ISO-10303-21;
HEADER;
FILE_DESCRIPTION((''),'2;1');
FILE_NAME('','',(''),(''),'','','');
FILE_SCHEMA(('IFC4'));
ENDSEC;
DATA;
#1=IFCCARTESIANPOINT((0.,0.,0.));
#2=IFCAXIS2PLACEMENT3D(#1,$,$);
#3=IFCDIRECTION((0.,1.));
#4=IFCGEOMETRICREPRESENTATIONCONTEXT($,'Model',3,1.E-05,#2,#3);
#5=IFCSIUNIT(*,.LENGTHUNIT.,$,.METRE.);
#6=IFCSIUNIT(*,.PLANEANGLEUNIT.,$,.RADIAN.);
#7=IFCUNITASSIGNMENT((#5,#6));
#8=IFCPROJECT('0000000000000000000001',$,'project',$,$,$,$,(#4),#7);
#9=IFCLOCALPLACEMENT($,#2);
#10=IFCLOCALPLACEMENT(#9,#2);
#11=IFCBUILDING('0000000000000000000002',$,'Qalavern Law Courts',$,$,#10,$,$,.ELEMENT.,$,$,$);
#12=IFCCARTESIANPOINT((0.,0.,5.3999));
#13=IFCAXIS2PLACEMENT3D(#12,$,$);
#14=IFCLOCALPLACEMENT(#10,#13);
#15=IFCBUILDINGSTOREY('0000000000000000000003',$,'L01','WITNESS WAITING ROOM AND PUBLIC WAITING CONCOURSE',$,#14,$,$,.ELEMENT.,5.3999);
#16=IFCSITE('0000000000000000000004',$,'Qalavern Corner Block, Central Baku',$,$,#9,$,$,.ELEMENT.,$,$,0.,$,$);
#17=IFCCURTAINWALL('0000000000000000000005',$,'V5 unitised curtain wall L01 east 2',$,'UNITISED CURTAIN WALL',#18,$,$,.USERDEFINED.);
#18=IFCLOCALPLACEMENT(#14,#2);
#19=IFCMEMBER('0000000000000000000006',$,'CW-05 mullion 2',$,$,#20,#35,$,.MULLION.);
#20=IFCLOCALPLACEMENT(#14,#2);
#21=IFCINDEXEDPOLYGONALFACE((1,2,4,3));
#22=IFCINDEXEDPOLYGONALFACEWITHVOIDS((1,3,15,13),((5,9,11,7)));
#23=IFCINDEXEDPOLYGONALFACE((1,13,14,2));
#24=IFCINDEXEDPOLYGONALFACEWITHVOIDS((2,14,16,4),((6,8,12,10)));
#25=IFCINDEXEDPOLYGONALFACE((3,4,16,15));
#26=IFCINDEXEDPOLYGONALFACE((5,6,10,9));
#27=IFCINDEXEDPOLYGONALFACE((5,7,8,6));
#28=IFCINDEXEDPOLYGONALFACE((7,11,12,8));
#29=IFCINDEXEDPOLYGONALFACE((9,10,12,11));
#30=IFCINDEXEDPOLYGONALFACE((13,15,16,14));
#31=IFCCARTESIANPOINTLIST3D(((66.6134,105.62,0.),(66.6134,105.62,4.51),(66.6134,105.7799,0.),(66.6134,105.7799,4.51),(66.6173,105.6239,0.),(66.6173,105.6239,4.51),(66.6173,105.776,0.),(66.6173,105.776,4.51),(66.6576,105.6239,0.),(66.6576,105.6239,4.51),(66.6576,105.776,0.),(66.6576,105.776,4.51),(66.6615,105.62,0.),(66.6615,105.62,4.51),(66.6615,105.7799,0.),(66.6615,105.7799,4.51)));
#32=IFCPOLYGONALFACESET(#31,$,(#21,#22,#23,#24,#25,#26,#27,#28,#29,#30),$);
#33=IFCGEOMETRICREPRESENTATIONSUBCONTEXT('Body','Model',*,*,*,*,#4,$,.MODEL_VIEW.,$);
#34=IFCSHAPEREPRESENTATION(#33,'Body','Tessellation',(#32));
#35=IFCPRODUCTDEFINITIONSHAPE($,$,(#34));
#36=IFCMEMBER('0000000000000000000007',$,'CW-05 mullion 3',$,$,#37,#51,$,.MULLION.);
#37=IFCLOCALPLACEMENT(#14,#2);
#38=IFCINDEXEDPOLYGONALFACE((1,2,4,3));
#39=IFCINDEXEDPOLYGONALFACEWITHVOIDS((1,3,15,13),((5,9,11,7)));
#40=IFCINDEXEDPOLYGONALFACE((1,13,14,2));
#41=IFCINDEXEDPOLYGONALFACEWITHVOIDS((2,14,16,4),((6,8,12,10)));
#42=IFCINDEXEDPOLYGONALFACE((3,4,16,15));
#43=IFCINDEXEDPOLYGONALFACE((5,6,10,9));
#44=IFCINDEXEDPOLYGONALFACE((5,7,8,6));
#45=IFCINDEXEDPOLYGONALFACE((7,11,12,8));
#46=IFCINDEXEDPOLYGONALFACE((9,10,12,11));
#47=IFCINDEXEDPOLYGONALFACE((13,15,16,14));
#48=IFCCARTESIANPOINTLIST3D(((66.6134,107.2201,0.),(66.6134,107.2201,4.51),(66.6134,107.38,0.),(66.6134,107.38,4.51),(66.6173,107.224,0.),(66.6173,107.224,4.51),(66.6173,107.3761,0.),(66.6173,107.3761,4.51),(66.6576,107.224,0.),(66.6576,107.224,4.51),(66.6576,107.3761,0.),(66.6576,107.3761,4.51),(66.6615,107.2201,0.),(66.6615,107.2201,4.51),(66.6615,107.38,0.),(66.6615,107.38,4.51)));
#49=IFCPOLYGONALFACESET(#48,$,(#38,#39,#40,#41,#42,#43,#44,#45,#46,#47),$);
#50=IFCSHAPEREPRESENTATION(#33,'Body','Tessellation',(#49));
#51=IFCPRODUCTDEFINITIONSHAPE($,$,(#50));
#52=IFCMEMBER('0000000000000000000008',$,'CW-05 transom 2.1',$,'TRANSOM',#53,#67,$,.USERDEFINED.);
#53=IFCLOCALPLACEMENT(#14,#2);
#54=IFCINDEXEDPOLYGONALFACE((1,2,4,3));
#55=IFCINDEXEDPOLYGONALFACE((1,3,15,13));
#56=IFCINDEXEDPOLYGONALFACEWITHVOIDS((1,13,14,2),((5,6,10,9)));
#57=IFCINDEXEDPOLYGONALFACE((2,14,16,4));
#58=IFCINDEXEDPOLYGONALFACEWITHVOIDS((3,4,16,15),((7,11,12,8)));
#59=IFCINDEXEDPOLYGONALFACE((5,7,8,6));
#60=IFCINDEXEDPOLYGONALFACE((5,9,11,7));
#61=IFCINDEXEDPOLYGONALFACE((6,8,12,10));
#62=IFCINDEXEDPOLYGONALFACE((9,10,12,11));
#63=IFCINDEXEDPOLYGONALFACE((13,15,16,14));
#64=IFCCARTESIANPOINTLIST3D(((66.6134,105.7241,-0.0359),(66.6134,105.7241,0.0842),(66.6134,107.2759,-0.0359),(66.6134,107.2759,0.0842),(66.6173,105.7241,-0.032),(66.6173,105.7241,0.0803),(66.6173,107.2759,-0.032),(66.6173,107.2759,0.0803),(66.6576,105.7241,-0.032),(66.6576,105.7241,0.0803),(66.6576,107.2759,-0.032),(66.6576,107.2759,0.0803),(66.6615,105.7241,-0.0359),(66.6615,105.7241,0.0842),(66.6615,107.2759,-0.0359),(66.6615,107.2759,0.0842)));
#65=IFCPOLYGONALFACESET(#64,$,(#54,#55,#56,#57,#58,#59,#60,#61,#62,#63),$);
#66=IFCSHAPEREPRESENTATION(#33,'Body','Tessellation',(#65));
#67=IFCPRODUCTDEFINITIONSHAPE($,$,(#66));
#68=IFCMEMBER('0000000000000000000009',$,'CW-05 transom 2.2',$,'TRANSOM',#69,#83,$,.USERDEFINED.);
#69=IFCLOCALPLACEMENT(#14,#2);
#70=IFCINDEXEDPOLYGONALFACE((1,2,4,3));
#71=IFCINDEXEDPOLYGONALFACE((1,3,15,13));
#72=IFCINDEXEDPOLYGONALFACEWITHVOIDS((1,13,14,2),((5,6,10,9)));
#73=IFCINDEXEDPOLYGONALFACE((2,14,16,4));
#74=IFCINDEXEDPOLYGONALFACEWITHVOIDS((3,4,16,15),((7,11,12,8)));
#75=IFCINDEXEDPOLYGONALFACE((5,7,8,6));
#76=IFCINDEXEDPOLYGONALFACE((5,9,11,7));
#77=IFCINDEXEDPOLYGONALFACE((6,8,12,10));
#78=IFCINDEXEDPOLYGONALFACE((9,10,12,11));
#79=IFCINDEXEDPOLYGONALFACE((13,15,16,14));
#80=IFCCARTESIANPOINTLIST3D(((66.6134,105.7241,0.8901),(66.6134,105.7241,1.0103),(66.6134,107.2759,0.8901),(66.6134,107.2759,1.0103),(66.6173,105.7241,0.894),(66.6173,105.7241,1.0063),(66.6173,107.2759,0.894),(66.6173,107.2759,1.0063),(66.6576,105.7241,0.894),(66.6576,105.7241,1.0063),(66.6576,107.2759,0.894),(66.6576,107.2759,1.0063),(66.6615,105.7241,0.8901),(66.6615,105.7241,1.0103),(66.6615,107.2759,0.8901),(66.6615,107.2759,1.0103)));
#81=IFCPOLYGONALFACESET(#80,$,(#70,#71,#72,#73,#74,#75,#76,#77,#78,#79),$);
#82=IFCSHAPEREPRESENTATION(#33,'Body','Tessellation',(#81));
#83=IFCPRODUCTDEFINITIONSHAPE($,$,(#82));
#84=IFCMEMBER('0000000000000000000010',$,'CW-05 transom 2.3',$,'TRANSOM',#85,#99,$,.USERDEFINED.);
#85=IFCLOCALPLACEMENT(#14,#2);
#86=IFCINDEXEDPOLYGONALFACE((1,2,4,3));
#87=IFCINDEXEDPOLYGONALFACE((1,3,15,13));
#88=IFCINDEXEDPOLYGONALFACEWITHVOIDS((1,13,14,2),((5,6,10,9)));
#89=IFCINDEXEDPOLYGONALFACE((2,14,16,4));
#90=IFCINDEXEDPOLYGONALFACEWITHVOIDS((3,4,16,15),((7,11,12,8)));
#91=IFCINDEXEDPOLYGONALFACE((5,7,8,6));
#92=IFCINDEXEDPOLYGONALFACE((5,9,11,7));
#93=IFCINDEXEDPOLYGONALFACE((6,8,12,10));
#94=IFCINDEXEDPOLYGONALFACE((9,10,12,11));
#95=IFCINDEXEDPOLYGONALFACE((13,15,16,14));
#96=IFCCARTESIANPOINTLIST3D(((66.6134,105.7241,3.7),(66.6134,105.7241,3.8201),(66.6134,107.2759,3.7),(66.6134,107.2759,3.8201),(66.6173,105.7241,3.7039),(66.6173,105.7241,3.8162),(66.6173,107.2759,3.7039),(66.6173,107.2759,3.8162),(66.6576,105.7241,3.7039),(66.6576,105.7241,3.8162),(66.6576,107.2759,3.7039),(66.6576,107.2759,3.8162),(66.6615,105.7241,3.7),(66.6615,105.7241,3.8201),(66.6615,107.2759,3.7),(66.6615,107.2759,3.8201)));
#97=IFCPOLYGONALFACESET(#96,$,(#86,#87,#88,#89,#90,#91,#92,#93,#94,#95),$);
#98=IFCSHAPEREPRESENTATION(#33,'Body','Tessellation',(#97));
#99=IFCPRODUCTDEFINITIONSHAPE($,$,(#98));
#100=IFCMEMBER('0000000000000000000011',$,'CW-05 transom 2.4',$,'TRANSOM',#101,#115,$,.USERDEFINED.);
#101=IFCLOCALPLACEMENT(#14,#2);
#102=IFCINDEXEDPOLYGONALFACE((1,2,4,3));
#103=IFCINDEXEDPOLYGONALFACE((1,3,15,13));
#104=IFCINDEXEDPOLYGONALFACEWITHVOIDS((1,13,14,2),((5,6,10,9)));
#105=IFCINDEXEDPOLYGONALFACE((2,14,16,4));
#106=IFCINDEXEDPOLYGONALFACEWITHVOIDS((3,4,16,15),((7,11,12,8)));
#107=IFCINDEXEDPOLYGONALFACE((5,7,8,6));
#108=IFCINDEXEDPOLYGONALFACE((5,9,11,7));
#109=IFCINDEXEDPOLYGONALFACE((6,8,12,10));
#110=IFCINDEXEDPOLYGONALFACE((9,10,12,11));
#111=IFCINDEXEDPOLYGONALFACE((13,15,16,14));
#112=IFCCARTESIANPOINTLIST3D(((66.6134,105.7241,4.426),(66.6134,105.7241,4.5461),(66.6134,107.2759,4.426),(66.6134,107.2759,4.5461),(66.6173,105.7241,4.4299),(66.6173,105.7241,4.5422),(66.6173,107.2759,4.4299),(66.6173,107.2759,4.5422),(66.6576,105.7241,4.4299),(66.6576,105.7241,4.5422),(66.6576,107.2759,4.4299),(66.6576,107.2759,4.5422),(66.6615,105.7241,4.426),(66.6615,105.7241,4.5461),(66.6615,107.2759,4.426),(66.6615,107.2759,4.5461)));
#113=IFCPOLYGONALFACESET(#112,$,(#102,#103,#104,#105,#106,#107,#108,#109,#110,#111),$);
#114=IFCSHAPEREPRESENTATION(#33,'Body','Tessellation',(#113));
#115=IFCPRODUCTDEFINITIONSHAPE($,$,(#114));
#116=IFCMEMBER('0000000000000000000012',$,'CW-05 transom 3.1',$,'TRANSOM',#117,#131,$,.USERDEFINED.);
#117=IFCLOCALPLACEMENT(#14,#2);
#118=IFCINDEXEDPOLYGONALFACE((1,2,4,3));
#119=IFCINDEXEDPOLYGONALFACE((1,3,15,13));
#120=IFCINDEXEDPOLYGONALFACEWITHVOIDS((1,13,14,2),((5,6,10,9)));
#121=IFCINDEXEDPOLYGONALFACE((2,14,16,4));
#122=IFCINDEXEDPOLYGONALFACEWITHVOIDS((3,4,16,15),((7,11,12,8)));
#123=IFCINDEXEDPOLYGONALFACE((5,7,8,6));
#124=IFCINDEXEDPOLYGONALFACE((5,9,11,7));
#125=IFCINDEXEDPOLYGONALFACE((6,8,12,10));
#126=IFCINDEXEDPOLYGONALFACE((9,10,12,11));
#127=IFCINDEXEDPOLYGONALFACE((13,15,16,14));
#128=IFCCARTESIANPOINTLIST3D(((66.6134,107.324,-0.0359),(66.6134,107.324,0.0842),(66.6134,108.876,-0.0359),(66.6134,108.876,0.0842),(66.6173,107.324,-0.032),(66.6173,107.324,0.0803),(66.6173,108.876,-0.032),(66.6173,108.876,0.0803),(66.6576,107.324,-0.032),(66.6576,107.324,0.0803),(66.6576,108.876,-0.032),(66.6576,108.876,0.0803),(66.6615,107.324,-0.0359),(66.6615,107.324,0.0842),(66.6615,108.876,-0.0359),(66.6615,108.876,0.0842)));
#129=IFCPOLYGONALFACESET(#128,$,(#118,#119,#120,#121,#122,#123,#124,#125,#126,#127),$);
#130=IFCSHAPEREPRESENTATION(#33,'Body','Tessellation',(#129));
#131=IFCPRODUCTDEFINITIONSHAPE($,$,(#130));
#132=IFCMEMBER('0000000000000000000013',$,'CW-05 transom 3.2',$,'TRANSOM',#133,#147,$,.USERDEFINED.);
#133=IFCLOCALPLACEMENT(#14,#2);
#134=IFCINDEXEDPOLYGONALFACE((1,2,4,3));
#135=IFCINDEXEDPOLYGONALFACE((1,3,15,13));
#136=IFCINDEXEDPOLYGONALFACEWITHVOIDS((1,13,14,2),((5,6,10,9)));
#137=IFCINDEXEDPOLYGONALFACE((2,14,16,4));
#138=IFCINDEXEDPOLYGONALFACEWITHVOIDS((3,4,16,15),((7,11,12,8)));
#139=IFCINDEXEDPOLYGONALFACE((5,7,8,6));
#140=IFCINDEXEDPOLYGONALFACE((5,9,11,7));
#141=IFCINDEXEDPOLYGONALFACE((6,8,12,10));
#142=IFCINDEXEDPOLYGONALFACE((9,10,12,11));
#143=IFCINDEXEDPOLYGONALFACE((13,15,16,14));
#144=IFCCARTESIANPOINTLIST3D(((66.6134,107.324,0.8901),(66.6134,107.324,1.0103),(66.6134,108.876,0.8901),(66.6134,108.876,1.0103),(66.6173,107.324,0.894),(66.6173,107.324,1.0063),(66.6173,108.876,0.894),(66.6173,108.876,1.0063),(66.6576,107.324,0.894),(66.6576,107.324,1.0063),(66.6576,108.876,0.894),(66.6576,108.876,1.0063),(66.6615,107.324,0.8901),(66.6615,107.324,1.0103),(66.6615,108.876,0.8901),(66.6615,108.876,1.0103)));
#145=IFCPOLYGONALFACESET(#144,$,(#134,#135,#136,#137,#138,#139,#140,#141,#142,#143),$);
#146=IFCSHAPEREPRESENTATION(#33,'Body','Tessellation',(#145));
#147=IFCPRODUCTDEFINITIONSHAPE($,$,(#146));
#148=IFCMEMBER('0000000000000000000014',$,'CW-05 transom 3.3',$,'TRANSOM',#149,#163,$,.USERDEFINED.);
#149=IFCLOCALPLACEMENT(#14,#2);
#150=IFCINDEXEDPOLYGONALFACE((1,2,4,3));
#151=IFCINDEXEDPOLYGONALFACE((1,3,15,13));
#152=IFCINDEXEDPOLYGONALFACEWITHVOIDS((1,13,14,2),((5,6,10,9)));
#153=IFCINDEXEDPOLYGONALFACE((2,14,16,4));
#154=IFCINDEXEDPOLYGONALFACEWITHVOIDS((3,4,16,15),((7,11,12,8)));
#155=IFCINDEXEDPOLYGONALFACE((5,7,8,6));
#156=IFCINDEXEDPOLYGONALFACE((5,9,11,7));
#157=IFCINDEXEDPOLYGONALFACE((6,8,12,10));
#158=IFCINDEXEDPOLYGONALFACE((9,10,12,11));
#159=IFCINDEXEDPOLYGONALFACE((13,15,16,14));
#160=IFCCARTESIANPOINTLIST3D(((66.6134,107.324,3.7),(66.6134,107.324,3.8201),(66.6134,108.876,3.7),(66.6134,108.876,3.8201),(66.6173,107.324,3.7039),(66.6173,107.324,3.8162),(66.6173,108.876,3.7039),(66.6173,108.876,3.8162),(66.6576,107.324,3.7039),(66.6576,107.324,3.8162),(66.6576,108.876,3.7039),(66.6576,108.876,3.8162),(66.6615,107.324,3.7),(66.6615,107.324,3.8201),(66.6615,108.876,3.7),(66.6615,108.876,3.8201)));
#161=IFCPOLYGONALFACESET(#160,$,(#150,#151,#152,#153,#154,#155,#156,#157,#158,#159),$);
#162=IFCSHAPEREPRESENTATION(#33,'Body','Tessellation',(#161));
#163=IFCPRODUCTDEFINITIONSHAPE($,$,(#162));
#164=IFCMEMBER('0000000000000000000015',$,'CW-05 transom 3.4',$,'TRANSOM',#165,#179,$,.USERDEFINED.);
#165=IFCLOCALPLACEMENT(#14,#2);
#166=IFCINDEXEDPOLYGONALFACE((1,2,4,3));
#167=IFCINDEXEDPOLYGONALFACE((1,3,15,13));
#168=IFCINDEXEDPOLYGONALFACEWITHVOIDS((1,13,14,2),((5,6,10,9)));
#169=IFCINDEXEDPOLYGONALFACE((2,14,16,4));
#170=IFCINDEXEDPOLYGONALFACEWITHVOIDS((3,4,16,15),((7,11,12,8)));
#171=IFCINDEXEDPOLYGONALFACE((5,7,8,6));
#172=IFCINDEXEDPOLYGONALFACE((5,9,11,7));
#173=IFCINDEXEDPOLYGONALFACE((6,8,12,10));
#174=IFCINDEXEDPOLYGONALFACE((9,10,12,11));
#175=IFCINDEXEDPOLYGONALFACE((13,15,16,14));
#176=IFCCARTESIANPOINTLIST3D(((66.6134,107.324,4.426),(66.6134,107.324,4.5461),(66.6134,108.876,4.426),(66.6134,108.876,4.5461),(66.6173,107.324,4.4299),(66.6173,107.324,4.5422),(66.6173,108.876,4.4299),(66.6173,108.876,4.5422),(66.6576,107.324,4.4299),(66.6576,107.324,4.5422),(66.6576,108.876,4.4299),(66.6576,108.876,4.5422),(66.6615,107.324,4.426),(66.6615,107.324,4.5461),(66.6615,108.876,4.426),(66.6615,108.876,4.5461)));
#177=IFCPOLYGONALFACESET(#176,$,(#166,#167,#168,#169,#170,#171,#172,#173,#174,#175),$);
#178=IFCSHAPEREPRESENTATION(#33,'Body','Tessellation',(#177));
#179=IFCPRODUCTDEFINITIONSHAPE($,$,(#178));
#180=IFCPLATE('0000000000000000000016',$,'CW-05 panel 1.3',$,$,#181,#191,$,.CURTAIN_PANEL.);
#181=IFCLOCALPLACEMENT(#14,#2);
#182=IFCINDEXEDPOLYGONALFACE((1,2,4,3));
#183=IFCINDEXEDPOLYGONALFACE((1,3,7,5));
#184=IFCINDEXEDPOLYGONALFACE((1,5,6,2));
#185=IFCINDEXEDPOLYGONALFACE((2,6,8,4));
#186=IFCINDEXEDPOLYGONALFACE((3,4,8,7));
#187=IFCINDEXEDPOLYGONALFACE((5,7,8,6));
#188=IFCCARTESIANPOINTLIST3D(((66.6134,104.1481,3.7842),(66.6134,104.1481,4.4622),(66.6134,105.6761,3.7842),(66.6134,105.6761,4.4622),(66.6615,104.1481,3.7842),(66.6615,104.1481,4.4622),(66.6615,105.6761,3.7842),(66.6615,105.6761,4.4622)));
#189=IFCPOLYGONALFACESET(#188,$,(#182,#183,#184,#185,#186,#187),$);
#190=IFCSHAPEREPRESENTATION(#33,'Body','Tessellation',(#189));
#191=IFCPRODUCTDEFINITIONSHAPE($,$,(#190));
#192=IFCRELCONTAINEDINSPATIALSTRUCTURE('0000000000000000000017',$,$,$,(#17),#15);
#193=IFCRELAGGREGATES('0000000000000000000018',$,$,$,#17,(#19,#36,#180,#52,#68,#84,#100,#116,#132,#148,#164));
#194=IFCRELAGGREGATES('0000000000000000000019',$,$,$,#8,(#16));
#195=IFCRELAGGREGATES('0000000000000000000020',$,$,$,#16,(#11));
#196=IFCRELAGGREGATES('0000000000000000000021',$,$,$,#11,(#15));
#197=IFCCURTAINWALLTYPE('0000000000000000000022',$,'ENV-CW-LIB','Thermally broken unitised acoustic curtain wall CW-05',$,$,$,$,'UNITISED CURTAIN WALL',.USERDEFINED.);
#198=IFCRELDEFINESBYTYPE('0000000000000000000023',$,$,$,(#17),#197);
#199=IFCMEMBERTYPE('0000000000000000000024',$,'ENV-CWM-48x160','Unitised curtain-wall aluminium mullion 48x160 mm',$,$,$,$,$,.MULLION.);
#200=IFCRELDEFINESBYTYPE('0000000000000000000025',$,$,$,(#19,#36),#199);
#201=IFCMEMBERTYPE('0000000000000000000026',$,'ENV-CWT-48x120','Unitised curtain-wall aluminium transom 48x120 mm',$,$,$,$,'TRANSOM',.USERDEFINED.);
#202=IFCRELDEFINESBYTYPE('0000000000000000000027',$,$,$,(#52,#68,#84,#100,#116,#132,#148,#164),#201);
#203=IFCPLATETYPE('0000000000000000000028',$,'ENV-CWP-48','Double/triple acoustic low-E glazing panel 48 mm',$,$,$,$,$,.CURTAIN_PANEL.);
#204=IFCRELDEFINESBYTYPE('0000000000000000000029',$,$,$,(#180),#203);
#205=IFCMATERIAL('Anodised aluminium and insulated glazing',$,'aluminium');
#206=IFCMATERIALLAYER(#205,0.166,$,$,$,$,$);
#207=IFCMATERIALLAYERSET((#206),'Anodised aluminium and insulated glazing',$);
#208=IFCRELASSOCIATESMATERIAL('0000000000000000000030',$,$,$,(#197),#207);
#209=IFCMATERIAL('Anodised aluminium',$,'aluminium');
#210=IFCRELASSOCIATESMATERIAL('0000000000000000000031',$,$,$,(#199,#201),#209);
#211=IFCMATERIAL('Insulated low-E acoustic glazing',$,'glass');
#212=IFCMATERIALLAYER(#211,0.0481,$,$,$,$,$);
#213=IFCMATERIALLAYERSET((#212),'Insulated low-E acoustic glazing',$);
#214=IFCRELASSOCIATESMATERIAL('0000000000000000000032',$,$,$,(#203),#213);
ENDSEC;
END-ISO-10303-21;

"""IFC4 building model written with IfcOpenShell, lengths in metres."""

from ifc_helpers import new_model, si_unit, direction, frame, origin, origin_2d, place, context, subcontext, project, spatial, rectangle, hollow_rectangle, extrude, material, layer, layer_set, material_profile, profile_set, type_object, element, aggregate, save


model = new_model("IFC4")

# Units and contexts
model_context = context("Model", 3, precision=1e-05, world=origin(), true_north=direction((0.0, 1.0)))
body_context = subcontext(model_context, "Body", "Model", "MODEL_VIEW")
ifc_project = project(units=[si_unit("LENGTHUNIT", "METRE"), si_unit("PLANEANGLEUNIT", "RADIAN")], contexts=[model_context])

# Site, building, storey
site_placement = place(None, origin())
site = spatial("IfcSite", under=ifc_project, at=site_placement, Name="Qalavern Corner Block, Central Baku", CompositionType="ELEMENT", RefElevation=0.0)
building_placement = place(site_placement, origin())
building = spatial("IfcBuilding", under=site, at=building_placement, Name="Qalavern Law Courts", CompositionType="ELEMENT")
storey_placement = place(building_placement, frame((0.0, 0.0, 5.3999)))
storey = spatial("IfcBuildingStorey", under=building, at=storey_placement, Name="L01", Description="WITNESS WAITING ROOM AND PUBLIC WAITING CONCOURSE", CompositionType="ELEMENT", Elevation=5.3999)

# Curtain wall, members, plate
ifc_material_1 = material(Name="Anodised aluminium and insulated glazing", Category="aluminium")
ifc_layer_1 = layer(ifc_material_1, 0.166)
ifc_layer_set_1 = layer_set([ifc_layer_1], Name="Anodised aluminium and insulated glazing")
curtain_wall_type = type_object("IfcCurtainWallType", Name="ENV-CW-LIB", Description="Thermally broken unitised acoustic curtain wall CW-05", ElementType="UNITISED CURTAIN WALL", PredefinedType="USERDEFINED", material=ifc_layer_set_1)
curtain_wall_placement = place(storey_placement, origin())
curtain_wall = element("IfcCurtainWall", 1, at=curtain_wall_placement, inside=storey, type_object=curtain_wall_type, Name="V5 unitised curtain wall L01 east 2", ObjectType="UNITISED CURTAIN WALL", PredefinedType="USERDEFINED")
ifc_material_2 = material(Name="Anodised aluminium", Category="aluminium")
ifc_material_profile_1 = material_profile(ifc_material_2, hollow_rectangle(XDim=0.0481, YDim=0.1599, WallThickness=0.0039, at=origin_2d()), Name="ALU MULLION 48x160")
ifc_profile_set_1 = profile_set([ifc_material_profile_1], Name="Anodised aluminium")
member_type_1 = type_object("IfcMemberType", Name="ENV-CWM-48x160", Description="Unitised curtain-wall aluminium mullion 48x160 mm", PredefinedType="MULLION", material=ifc_profile_set_1)
member_1_placement = place(storey_placement, frame((66.6375, 105.7, 0.0), z_axis=(0.0, 0.0, 1.0), x_axis=(-1.0, 0.0, 0.0)))
member_1 = element("IfcMember", 2, at=member_1_placement, type_object=member_type_1, Name="CW-05 mullion 2", PredefinedType="MULLION", context=body_context, shape_type="SweptSolid", body=[
    extrude(hollow_rectangle(XDim=0.0481, YDim=0.1599, WallThickness=0.0039, at=origin_2d()), origin(), (0.0, 0.0, 1.0), 4.51),
])
member_2_placement = place(storey_placement, frame((66.6375, 107.3, 0.0), z_axis=(0.0, 0.0, 1.0), x_axis=(-1.0, 0.0, 0.0)))
member_2 = element("IfcMember", 3, at=member_2_placement, type_object=member_type_1, Name="CW-05 mullion 3", PredefinedType="MULLION", context=body_context, shape_type="SweptSolid", body=[
    extrude(hollow_rectangle(XDim=0.0481, YDim=0.1599, WallThickness=0.0039, at=origin_2d()), origin(), (0.0, 0.0, 1.0), 4.51),
])
ifc_material_profile_2 = material_profile(ifc_material_2, hollow_rectangle(XDim=0.0481, YDim=0.1201, WallThickness=0.0039, at=origin_2d()), Name="ALU TRANSOM 48x120")
ifc_profile_set_2 = profile_set([ifc_material_profile_2], Name="Anodised aluminium")
member_type_2 = type_object("IfcMemberType", Name="ENV-CWT-48x120", Description="Unitised curtain-wall aluminium transom 48x120 mm", ElementType="TRANSOM", PredefinedType="USERDEFINED", material=ifc_profile_set_2)
member_3_placement = place(storey_placement, frame((66.6375, 105.7241, 0.0242), z_axis=(0.0, 1.0, 0.0), x_axis=(-1.0, 0.0, 0.0)))
member_3 = element("IfcMember", 4, at=member_3_placement, type_object=member_type_2, Name="CW-05 transom 2.1", ObjectType="TRANSOM", PredefinedType="USERDEFINED", context=body_context, shape_type="SweptSolid", body=[
    extrude(hollow_rectangle(XDim=0.0481, YDim=0.1201, WallThickness=0.0039, at=origin_2d()), origin(), (0.0, 0.0, 1.0), 1.5518),
])
member_4_placement = place(storey_placement, frame((66.6375, 105.7241, 0.9502), z_axis=(0.0, 1.0, 0.0), x_axis=(-1.0, 0.0, 0.0)))
member_4 = element("IfcMember", 5, at=member_4_placement, type_object=member_type_2, Name="CW-05 transom 2.2", ObjectType="TRANSOM", PredefinedType="USERDEFINED", context=body_context, shape_type="SweptSolid", body=[
    extrude(hollow_rectangle(XDim=0.0481, YDim=0.1201, WallThickness=0.0039, at=origin_2d()), origin(), (0.0, 0.0, 1.0), 1.5518),
])
member_5_placement = place(storey_placement, frame((66.6375, 105.7241, 3.76), z_axis=(0.0, 1.0, 0.0), x_axis=(-1.0, 0.0, 0.0)))
member_5 = element("IfcMember", 6, at=member_5_placement, type_object=member_type_2, Name="CW-05 transom 2.3", ObjectType="TRANSOM", PredefinedType="USERDEFINED", context=body_context, shape_type="SweptSolid", body=[
    extrude(hollow_rectangle(XDim=0.0481, YDim=0.1201, WallThickness=0.0039, at=origin_2d()), origin(), (0.0, 0.0, 1.0), 1.5518),
])
member_6_placement = place(storey_placement, frame((66.6375, 105.7241, 4.4861), z_axis=(0.0, 1.0, 0.0), x_axis=(-1.0, 0.0, 0.0)))
member_6 = element("IfcMember", 7, at=member_6_placement, type_object=member_type_2, Name="CW-05 transom 2.4", ObjectType="TRANSOM", PredefinedType="USERDEFINED", context=body_context, shape_type="SweptSolid", body=[
    extrude(hollow_rectangle(XDim=0.0481, YDim=0.1201, WallThickness=0.0039, at=origin_2d()), origin(), (0.0, 0.0, 1.0), 1.5518),
])
member_7_placement = place(storey_placement, frame((66.6375, 107.324, 0.0242), z_axis=(0.0, 1.0, 0.0), x_axis=(-1.0, 0.0, 0.0)))
member_7 = element("IfcMember", 8, at=member_7_placement, type_object=member_type_2, Name="CW-05 transom 3.1", ObjectType="TRANSOM", PredefinedType="USERDEFINED", context=body_context, shape_type="SweptSolid", body=[
    extrude(hollow_rectangle(XDim=0.0481, YDim=0.1201, WallThickness=0.0039, at=origin_2d()), origin(), (0.0, 0.0, 1.0), 1.552),
])
member_8_placement = place(storey_placement, frame((66.6375, 107.324, 0.9502), z_axis=(0.0, 1.0, 0.0), x_axis=(-1.0, 0.0, 0.0)))
member_8 = element("IfcMember", 9, at=member_8_placement, type_object=member_type_2, Name="CW-05 transom 3.2", ObjectType="TRANSOM", PredefinedType="USERDEFINED", context=body_context, shape_type="SweptSolid", body=[
    extrude(hollow_rectangle(XDim=0.0481, YDim=0.1201, WallThickness=0.0039, at=origin_2d()), origin(), (0.0, 0.0, 1.0), 1.552),
])
member_9_placement = place(storey_placement, frame((66.6375, 107.324, 3.76), z_axis=(0.0, 1.0, 0.0), x_axis=(-1.0, 0.0, 0.0)))
member_9 = element("IfcMember", 10, at=member_9_placement, type_object=member_type_2, Name="CW-05 transom 3.3", ObjectType="TRANSOM", PredefinedType="USERDEFINED", context=body_context, shape_type="SweptSolid", body=[
    extrude(hollow_rectangle(XDim=0.0481, YDim=0.1201, WallThickness=0.0039, at=origin_2d()), origin(), (0.0, 0.0, 1.0), 1.552),
])
member_10_placement = place(storey_placement, frame((66.6375, 107.324, 4.4861), z_axis=(0.0, 1.0, 0.0), x_axis=(-1.0, 0.0, 0.0)))
member_10 = element("IfcMember", 11, at=member_10_placement, type_object=member_type_2, Name="CW-05 transom 3.4", ObjectType="TRANSOM", PredefinedType="USERDEFINED", context=body_context, shape_type="SweptSolid", body=[
    extrude(hollow_rectangle(XDim=0.0481, YDim=0.1201, WallThickness=0.0039, at=origin_2d()), origin(), (0.0, 0.0, 1.0), 1.552),
])
ifc_material_3 = material(Name="Insulated low-E acoustic glazing", Category="glass")
ifc_layer_2 = layer(ifc_material_3, 0.0481)
ifc_layer_set_2 = layer_set([ifc_layer_2], Name="Insulated low-E acoustic glazing")
plate_type = type_object("IfcPlateType", Name="ENV-CWP-48", Description="Double/triple acoustic low-E glazing panel 48 mm", PredefinedType="CURTAIN_PANEL", material=ifc_layer_set_2)
plate_1_placement = place(storey_placement, frame((66.6375, 104.9121, 3.7842), z_axis=(0.0, 0.0, 1.0), x_axis=(0.0, 1.0, 0.0)))
plate_1 = element("IfcPlate", 12, at=plate_1_placement, type_object=plate_type, Name="CW-05 panel 1.3", PredefinedType="CURTAIN_PANEL", context=body_context, shape_type="SweptSolid", body=[
    extrude(rectangle(XDim=1.5281, YDim=0.0481, at=origin_2d()), origin(), (0.0, 0.0, 1.0), 0.678),
])
aggregate(curtain_wall, [member_1, member_2, plate_1, member_3, member_4, member_5, member_6, member_7, member_8, member_9, member_10])

save(model, "model.ifc")
